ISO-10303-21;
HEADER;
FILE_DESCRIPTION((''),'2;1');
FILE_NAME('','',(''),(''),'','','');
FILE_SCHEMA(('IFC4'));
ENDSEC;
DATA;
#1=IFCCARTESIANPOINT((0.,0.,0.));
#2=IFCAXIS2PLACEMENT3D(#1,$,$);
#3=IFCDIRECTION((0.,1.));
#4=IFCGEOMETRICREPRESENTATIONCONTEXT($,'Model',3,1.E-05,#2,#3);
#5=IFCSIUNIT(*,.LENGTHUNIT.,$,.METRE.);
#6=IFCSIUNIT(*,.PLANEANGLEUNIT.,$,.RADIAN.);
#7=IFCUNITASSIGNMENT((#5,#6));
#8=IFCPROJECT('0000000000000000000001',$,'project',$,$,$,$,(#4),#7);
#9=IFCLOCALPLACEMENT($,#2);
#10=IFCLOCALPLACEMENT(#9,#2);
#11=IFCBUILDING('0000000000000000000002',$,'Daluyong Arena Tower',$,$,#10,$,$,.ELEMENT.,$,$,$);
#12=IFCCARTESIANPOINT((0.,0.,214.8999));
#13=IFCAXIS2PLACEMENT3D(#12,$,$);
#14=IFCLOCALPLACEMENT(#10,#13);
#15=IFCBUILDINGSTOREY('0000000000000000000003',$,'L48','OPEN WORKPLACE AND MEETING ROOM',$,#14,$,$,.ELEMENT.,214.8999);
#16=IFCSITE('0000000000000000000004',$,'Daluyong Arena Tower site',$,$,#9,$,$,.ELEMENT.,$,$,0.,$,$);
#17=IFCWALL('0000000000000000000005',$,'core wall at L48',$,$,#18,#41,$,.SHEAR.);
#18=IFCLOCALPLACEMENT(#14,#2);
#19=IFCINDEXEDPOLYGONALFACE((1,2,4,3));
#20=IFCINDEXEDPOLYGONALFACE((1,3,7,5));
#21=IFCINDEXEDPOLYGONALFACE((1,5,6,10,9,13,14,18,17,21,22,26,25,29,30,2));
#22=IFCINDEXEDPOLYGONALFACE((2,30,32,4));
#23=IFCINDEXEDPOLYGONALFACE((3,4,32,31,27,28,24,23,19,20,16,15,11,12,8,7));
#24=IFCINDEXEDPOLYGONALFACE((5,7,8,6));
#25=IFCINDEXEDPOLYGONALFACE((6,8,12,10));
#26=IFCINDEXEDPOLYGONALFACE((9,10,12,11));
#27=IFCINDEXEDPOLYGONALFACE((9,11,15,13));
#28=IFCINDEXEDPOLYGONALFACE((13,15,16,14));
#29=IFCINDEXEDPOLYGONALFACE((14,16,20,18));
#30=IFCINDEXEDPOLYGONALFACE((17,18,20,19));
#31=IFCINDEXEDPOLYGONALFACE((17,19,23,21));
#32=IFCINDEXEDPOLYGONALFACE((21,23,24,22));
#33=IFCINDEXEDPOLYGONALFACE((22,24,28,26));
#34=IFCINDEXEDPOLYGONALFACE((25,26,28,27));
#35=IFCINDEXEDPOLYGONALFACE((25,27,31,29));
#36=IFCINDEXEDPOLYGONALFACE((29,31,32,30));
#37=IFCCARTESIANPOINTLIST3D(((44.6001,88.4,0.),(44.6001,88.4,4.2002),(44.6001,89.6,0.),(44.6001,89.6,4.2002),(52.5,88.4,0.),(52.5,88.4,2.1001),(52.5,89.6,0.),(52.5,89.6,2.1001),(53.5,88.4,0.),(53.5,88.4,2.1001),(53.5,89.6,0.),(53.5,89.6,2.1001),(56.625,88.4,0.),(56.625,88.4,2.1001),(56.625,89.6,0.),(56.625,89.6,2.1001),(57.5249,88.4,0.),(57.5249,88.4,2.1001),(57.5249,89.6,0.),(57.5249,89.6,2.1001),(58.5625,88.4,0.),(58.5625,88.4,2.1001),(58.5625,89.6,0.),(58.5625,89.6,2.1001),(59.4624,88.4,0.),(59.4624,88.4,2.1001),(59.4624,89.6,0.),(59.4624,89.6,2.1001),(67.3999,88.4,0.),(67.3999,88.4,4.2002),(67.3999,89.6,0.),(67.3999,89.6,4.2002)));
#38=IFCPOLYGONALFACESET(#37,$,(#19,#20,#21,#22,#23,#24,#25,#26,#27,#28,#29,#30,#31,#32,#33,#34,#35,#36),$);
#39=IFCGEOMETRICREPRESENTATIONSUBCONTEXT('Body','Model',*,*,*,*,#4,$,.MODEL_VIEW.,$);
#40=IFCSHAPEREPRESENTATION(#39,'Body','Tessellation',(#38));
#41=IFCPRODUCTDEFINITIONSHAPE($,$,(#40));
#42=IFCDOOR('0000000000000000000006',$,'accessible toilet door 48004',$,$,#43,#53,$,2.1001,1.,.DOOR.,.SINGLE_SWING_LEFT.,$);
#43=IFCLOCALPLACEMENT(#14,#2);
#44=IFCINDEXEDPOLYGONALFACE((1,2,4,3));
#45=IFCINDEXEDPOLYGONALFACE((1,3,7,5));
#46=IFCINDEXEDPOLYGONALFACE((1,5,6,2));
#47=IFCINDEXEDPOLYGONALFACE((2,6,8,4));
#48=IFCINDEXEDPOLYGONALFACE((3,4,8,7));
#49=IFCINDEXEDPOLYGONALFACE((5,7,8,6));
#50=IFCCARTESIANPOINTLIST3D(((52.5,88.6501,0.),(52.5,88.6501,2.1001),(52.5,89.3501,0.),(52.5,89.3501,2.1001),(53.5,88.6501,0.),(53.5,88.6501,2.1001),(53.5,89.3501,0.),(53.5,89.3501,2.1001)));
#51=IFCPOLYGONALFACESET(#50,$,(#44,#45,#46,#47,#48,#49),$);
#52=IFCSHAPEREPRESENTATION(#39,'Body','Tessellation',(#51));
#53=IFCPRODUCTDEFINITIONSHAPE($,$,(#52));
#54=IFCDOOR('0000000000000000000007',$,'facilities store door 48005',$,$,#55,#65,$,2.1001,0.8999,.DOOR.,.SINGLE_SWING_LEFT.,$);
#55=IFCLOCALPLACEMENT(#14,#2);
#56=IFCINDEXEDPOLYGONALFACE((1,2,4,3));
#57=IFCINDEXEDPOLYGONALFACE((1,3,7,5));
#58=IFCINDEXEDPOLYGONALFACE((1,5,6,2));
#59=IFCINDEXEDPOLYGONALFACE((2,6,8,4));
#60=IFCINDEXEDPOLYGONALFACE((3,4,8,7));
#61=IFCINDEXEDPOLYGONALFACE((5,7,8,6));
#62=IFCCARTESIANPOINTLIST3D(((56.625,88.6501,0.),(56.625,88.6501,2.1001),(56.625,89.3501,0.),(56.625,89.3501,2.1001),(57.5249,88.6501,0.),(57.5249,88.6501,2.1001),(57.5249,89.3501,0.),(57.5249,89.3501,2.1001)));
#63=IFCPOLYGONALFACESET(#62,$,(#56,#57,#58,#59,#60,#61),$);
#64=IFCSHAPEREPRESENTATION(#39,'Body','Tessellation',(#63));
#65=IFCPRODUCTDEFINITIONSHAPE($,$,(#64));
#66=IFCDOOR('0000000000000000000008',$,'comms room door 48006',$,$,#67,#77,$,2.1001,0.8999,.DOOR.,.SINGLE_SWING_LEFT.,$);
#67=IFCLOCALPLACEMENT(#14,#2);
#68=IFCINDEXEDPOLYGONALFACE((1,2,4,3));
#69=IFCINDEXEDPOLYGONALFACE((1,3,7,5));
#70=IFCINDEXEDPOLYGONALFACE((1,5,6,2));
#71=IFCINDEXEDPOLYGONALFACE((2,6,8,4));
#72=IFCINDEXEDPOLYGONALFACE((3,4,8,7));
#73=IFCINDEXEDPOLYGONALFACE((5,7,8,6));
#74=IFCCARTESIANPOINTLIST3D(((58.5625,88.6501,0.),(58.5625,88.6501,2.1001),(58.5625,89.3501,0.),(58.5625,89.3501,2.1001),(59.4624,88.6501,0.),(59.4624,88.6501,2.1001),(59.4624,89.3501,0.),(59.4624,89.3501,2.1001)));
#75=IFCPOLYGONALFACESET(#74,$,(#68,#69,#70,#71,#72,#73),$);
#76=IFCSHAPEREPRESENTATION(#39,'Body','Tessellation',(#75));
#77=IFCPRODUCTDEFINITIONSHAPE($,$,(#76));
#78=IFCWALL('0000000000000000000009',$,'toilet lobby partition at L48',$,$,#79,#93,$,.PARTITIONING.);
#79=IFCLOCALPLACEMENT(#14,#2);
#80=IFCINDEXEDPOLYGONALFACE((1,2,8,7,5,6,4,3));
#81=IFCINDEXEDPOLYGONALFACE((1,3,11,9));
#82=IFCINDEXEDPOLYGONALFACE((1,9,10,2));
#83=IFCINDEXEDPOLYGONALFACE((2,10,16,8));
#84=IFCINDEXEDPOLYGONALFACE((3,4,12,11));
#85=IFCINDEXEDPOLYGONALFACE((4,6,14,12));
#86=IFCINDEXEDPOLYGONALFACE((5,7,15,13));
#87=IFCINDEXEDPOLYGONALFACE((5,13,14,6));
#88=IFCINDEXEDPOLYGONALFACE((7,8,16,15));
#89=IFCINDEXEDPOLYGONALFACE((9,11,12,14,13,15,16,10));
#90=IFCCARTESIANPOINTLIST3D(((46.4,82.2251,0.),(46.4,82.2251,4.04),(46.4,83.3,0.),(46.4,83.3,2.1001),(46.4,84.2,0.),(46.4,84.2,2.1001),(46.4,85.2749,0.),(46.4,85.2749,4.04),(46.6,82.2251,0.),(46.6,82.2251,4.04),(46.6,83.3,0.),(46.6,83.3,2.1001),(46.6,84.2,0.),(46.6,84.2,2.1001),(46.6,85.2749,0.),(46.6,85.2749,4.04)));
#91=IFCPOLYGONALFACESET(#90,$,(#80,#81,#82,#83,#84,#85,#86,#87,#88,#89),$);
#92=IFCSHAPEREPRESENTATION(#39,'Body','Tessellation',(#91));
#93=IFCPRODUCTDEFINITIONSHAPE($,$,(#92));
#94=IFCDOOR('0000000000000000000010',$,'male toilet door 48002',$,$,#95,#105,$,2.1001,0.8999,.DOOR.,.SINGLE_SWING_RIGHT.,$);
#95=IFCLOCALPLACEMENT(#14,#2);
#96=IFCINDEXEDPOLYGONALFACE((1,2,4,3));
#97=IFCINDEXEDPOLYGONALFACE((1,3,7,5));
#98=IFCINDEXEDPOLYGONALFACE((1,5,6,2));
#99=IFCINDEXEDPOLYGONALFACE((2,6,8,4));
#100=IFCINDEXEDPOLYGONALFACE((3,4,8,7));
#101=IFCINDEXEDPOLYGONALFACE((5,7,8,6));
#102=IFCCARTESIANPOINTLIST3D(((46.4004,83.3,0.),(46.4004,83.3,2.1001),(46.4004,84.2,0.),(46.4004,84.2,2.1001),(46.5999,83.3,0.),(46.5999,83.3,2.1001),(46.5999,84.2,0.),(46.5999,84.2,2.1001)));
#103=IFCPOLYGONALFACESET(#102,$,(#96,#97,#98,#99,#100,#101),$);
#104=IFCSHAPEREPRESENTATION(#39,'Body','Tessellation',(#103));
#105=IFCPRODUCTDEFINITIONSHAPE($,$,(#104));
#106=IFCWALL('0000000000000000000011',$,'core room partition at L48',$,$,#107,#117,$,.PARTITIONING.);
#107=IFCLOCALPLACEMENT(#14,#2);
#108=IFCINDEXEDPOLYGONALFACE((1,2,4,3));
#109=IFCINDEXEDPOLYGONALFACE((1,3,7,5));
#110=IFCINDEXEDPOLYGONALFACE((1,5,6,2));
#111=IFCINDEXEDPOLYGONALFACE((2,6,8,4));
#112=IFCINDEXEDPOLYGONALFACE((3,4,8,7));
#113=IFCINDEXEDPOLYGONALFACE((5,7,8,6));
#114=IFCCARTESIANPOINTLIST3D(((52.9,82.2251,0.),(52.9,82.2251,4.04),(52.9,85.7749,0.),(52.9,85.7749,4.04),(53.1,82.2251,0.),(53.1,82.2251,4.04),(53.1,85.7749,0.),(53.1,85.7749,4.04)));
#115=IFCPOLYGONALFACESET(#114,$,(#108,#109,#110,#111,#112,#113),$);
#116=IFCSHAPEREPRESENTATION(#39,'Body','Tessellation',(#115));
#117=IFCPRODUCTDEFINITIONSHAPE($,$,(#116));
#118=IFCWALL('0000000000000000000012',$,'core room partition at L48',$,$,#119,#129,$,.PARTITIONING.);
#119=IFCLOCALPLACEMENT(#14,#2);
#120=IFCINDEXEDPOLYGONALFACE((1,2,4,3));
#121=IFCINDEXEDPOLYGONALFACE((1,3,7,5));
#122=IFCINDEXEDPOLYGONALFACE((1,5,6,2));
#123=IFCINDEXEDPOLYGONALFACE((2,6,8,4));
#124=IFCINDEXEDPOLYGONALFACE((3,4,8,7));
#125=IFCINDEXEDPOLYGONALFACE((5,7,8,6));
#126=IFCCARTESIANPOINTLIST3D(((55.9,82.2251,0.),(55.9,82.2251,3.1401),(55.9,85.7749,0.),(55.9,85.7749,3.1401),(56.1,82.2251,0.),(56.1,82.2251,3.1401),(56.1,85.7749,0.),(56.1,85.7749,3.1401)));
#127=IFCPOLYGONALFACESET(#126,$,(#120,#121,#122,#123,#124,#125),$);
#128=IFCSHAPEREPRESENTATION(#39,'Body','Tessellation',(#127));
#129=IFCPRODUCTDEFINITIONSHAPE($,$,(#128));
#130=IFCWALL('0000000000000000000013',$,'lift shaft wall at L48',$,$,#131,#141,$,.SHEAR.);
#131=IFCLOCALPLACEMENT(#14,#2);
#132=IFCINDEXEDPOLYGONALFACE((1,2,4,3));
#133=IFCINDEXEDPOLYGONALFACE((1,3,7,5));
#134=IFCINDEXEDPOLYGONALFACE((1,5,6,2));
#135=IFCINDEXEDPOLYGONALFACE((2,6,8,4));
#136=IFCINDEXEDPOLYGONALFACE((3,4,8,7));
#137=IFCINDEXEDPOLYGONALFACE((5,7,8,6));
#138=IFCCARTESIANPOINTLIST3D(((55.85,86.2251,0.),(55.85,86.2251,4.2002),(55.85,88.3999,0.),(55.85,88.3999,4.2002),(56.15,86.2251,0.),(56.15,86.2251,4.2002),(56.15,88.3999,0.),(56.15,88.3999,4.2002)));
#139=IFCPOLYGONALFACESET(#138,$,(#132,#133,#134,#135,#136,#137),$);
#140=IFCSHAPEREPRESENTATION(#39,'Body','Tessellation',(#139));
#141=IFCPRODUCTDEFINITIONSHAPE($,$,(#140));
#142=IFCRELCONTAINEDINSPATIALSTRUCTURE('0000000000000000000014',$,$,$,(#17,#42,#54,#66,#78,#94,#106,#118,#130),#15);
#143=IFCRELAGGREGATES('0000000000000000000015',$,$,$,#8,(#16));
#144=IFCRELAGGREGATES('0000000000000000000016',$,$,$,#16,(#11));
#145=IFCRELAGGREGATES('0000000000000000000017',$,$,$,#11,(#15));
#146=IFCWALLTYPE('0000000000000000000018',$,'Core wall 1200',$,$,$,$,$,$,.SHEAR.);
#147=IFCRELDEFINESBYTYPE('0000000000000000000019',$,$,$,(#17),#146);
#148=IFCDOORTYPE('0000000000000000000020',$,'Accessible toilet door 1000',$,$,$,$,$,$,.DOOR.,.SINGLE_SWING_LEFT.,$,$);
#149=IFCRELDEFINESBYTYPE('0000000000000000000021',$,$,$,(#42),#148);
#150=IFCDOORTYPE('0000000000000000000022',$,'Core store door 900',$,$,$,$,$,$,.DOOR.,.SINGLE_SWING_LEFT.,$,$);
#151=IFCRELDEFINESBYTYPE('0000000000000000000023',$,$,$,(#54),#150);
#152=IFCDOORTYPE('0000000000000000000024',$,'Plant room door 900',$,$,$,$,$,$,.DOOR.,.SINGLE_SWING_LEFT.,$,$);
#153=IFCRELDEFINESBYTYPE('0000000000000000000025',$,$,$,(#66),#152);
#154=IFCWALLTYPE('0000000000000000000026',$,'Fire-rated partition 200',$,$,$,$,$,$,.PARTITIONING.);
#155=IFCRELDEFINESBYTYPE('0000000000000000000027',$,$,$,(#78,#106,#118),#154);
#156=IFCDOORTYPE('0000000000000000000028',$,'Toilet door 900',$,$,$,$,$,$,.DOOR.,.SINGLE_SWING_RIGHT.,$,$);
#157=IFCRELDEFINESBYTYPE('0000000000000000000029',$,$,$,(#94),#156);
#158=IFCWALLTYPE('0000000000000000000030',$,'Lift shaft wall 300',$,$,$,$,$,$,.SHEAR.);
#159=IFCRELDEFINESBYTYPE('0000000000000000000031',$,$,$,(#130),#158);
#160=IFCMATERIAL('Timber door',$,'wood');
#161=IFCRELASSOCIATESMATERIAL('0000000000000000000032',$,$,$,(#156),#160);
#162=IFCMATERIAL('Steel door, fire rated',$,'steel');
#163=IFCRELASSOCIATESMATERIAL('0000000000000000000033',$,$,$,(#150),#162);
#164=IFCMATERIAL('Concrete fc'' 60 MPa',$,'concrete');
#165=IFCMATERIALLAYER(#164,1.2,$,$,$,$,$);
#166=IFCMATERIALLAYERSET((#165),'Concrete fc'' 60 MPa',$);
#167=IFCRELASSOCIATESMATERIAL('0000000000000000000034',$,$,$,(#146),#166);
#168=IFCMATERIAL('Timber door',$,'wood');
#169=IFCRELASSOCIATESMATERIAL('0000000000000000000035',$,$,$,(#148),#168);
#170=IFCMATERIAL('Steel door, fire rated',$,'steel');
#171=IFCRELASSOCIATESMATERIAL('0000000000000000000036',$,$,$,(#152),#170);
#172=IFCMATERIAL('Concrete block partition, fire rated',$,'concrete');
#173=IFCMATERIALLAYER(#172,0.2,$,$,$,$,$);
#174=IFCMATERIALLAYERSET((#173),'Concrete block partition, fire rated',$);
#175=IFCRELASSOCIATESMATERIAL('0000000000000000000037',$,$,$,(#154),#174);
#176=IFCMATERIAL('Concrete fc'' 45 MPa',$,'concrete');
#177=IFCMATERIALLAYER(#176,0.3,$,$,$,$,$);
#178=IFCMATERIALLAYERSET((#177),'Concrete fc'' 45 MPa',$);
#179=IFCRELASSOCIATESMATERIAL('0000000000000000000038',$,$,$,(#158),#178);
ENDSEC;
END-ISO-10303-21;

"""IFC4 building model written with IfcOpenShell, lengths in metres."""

from ifc_helpers import new_model, si_unit, direction, frame, frame_2d, origin, place, context, subcontext, project, spatial, rectangle, extrude, material, layer, layer_set, type_object, element, fill, save


model = new_model("IFC4")

# Units and contexts
model_context = context("Model", 3, precision=1e-05, world=origin(), true_north=direction((0.0, 1.0)))
body_context = subcontext(model_context, "Body", "Model", "MODEL_VIEW")
ifc_project = project(units=[si_unit("LENGTHUNIT", "METRE"), si_unit("PLANEANGLEUNIT", "RADIAN")], contexts=[model_context])

# Site, building, storey
site_placement = place(None, origin())
site = spatial("IfcSite", under=ifc_project, at=site_placement, Name="Daluyong Arena Tower site", CompositionType="ELEMENT", RefElevation=0.0)
building_placement = place(site_placement, origin())
building = spatial("IfcBuilding", under=site, at=building_placement, Name="Daluyong Arena Tower", CompositionType="ELEMENT")
storey_placement = place(building_placement, frame((0.0, 0.0, 214.8999)))
storey = spatial("IfcBuildingStorey", under=building, at=storey_placement, Name="L48", Description="OPEN WORKPLACE AND MEETING ROOM", CompositionType="ELEMENT", Elevation=214.8999)

# Shared definitions
ifc_material_1 = material(Name="Timber door", Category="wood")
door_type_1 = type_object("IfcDoorType", Name="Toilet door 900", OperationType="SINGLE_SWING_RIGHT", PredefinedType="DOOR", material=ifc_material_1)

# Shared definitions
ifc_material_2 = material(Name="Steel door, fire rated", Category="steel")
door_type_2 = type_object("IfcDoorType", Name="Core store door 900", OperationType="SINGLE_SWING_LEFT", PredefinedType="DOOR", material=ifc_material_2)

# Wall, openings, doors
ifc_material_3 = material(Name="Concrete fc' 60 MPa", Category="concrete")
ifc_layer_1 = layer(ifc_material_3, 1.2)
ifc_layer_set_1 = layer_set([ifc_layer_1], Name="Concrete fc' 60 MPa")
wall_type_1 = type_object("IfcWallType", Name="Core wall 1200", PredefinedType="SHEAR", material=ifc_layer_set_1)
wall_1_placement = place(storey_placement, frame((44.6001, 89.0, 0.0), z_axis=(0.0, 0.0, 1.0), x_axis=(1.0, 0.0, 0.0)))
wall_1 = element("IfcWall", 1, at=wall_1_placement, inside=storey, type_object=wall_type_1, Name="core wall at L48", PredefinedType="SHEAR", context=body_context, shape_type="SweptSolid", body=[
    extrude(rectangle(XDim=22.7998, YDim=1.2, at=frame_2d((11.3999, 0.0))), origin(), (0.0, 0.0, 1.0), 4.2002),
])
opening_1_placement = place(wall_1_placement, frame((7.8999, 0.0, 0.0)))
opening_1 = element("IfcOpeningElement", 2, at=opening_1_placement, cuts=wall_1, PredefinedType="OPENING", context=body_context, shape_type="SweptSolid", body=[
    extrude(rectangle(XDim=1.0, YDim=2.1001, at=frame_2d((0.5, 1.05))), frame((0.0, 0.6099, 0.0), z_axis=(0.0, -1.0, 0.0), x_axis=(1.0, 0.0, 0.0)), (0.0, 0.0, 1.0), 1.22),
])
opening_2_placement = place(wall_1_placement, frame((12.0249, 0.0, 0.0)))
opening_2 = element("IfcOpeningElement", 3, at=opening_2_placement, cuts=wall_1, PredefinedType="OPENING", context=body_context, shape_type="SweptSolid", body=[
    extrude(rectangle(XDim=0.8999, YDim=2.1001, at=frame_2d((0.45, 1.05))), frame((0.0, 0.6099, 0.0), z_axis=(0.0, -1.0, 0.0), x_axis=(1.0, 0.0, 0.0)), (0.0, 0.0, 1.0), 1.22),
])
opening_3_placement = place(wall_1_placement, frame((13.9624, 0.0, 0.0)))
opening_3 = element("IfcOpeningElement", 4, at=opening_3_placement, cuts=wall_1, PredefinedType="OPENING", context=body_context, shape_type="SweptSolid", body=[
    extrude(rectangle(XDim=0.8999, YDim=2.1001, at=frame_2d((0.45, 1.05))), frame((0.0, 0.6099, 0.0), z_axis=(0.0, -1.0, 0.0), x_axis=(1.0, 0.0, 0.0)), (0.0, 0.0, 1.0), 1.22),
])
ifc_material_4 = material(Name="Timber door", Category="wood")
door_type_3 = type_object("IfcDoorType", Name="Accessible toilet door 1000", OperationType="SINGLE_SWING_LEFT", PredefinedType="DOOR", material=ifc_material_4)
door_1_placement = place(opening_1_placement, origin())
door_1 = element("IfcDoor", 5, at=door_1_placement, inside=storey, type_object=door_type_3, Name="accessible toilet door 48004", OperationType="SINGLE_SWING_LEFT", OverallHeight=2.1001, OverallWidth=1.0, PredefinedType="DOOR", context=body_context, shape_type="SweptSolid", body=[
    extrude(rectangle(XDim=1.0, YDim=2.1001, at=frame_2d((0.5, 1.05))), frame((0.0, 0.3501, 0.0), z_axis=(0.0, -1.0, 0.0), x_axis=(1.0, 0.0, 0.0)), (0.0, 0.0, 1.0), 0.7),
])
fill(opening_1, door_1)
door_2_placement = place(opening_2_placement, origin())
door_2 = element("IfcDoor", 6, at=door_2_placement, inside=storey, type_object=door_type_2, Name="facilities store door 48005", OperationType="SINGLE_SWING_LEFT", OverallHeight=2.1001, OverallWidth=0.8999, PredefinedType="DOOR", context=body_context, shape_type="SweptSolid", body=[
    extrude(rectangle(XDim=0.8999, YDim=2.1001, at=frame_2d((0.45, 1.05))), frame((0.0, 0.3501, 0.0), z_axis=(0.0, -1.0, 0.0), x_axis=(1.0, 0.0, 0.0)), (0.0, 0.0, 1.0), 0.7),
])
fill(opening_2, door_2)
ifc_material_5 = material(Name="Steel door, fire rated", Category="steel")
door_type_4 = type_object("IfcDoorType", Name="Plant room door 900", OperationType="SINGLE_SWING_LEFT", PredefinedType="DOOR", material=ifc_material_5)
door_3_placement = place(opening_3_placement, origin())
door_3 = element("IfcDoor", 7, at=door_3_placement, inside=storey, type_object=door_type_4, Name="comms room door 48006", OperationType="SINGLE_SWING_LEFT", OverallHeight=2.1001, OverallWidth=0.8999, PredefinedType="DOOR", context=body_context, shape_type="SweptSolid", body=[
    extrude(rectangle(XDim=0.8999, YDim=2.1001, at=frame_2d((0.45, 1.05))), frame((0.0, 0.3501, 0.0), z_axis=(0.0, -1.0, 0.0), x_axis=(1.0, 0.0, 0.0)), (0.0, 0.0, 1.0), 0.7),
])
fill(opening_3, door_3)

# Wall, opening, door
ifc_material_6 = material(Name="Concrete block partition, fire rated", Category="concrete")
ifc_layer_2 = layer(ifc_material_6, 0.2)
ifc_layer_set_2 = layer_set([ifc_layer_2], Name="Concrete block partition, fire rated")
wall_type_2 = type_object("IfcWallType", Name="Fire-rated partition 200", PredefinedType="PARTITIONING", material=ifc_layer_set_2)
wall_2_placement = place(storey_placement, frame((46.5, 82.2251, 0.0), z_axis=(0.0, 0.0, 1.0), x_axis=(0.0, 1.0, 0.0)))
wall_2 = element("IfcWall", 8, at=wall_2_placement, inside=storey, type_object=wall_type_2, Name="toilet lobby partition at L48", PredefinedType="PARTITIONING", context=body_context, shape_type="SweptSolid", body=[
    extrude(rectangle(XDim=3.0498, YDim=0.2, at=frame_2d((1.5249, 0.0))), origin(), (0.0, 0.0, 1.0), 4.04),
])
opening_4_placement = place(wall_2_placement, frame((1.075, 0.0, 0.0)))
opening_4 = element("IfcOpeningElement", 9, at=opening_4_placement, cuts=wall_2, PredefinedType="OPENING", context=body_context, shape_type="SweptSolid", body=[
    extrude(rectangle(XDim=0.8999, YDim=2.1001, at=frame_2d((0.45, 1.05))), frame((0.0, 0.1099, 0.0), z_axis=(0.0, -1.0, 0.0), x_axis=(1.0, 0.0, 0.0)), (0.0, 0.0, 1.0), 0.22),
])
door_4_placement = place(opening_4_placement, origin())
door_4 = element("IfcDoor", 10, at=door_4_placement, inside=storey, type_object=door_type_1, Name="male toilet door 48002", OperationType="SINGLE_SWING_RIGHT", OverallHeight=2.1001, OverallWidth=0.8999, PredefinedType="DOOR", context=body_context, shape_type="SweptSolid", body=[
    extrude(rectangle(XDim=0.8999, YDim=2.1001, at=frame_2d((0.45, 1.05))), frame((0.0, 0.0996, 0.0), z_axis=(0.0, -1.0, 0.0), x_axis=(1.0, 0.0, 0.0)), (0.0, 0.0, 1.0), 0.1995),
])
fill(opening_4, door_4)

# Walls
wall_3_placement = place(storey_placement, frame((53.0, 82.2251, 0.0), z_axis=(0.0, 0.0, 1.0), x_axis=(0.0, 1.0, 0.0)))
element("IfcWall", 11, at=wall_3_placement, inside=storey, type_object=wall_type_2, Name="core room partition at L48", PredefinedType="PARTITIONING", context=body_context, shape_type="SweptSolid", body=[
    extrude(rectangle(XDim=3.5498, YDim=0.2, at=frame_2d((1.7749, 0.0))), origin(), (0.0, 0.0, 1.0), 4.04),
])
wall_4_placement = place(storey_placement, frame((56.0, 82.2251, 0.0), z_axis=(0.0, 0.0, 1.0), x_axis=(0.0, 1.0, 0.0)))
element("IfcWall", 12, at=wall_4_placement, inside=storey, type_object=wall_type_2, Name="core room partition at L48", PredefinedType="PARTITIONING", context=body_context, shape_type="SweptSolid", body=[
    extrude(rectangle(XDim=3.5498, YDim=0.2, at=frame_2d((1.7749, 0.0))), origin(), (0.0, 0.0, 1.0), 3.1401),
])
ifc_material_7 = material(Name="Concrete fc' 45 MPa", Category="concrete")
ifc_layer_3 = layer(ifc_material_7, 0.3)
ifc_layer_set_3 = layer_set([ifc_layer_3], Name="Concrete fc' 45 MPa")
wall_type_3 = type_object("IfcWallType", Name="Lift shaft wall 300", PredefinedType="SHEAR", material=ifc_layer_set_3)
wall_5_placement = place(storey_placement, frame((56.0, 86.2251, 0.0), z_axis=(0.0, 0.0, 1.0), x_axis=(0.0, 1.0, 0.0)))
element("IfcWall", 13, at=wall_5_placement, inside=storey, type_object=wall_type_3, Name="lift shaft wall at L48", PredefinedType="SHEAR", context=body_context, shape_type="SweptSolid", body=[
    extrude(rectangle(XDim=2.1748, YDim=0.3, at=frame_2d((1.0874, 0.0))), origin(), (0.0, 0.0, 1.0), 4.2002),
])

save(model, "model.ifc")
